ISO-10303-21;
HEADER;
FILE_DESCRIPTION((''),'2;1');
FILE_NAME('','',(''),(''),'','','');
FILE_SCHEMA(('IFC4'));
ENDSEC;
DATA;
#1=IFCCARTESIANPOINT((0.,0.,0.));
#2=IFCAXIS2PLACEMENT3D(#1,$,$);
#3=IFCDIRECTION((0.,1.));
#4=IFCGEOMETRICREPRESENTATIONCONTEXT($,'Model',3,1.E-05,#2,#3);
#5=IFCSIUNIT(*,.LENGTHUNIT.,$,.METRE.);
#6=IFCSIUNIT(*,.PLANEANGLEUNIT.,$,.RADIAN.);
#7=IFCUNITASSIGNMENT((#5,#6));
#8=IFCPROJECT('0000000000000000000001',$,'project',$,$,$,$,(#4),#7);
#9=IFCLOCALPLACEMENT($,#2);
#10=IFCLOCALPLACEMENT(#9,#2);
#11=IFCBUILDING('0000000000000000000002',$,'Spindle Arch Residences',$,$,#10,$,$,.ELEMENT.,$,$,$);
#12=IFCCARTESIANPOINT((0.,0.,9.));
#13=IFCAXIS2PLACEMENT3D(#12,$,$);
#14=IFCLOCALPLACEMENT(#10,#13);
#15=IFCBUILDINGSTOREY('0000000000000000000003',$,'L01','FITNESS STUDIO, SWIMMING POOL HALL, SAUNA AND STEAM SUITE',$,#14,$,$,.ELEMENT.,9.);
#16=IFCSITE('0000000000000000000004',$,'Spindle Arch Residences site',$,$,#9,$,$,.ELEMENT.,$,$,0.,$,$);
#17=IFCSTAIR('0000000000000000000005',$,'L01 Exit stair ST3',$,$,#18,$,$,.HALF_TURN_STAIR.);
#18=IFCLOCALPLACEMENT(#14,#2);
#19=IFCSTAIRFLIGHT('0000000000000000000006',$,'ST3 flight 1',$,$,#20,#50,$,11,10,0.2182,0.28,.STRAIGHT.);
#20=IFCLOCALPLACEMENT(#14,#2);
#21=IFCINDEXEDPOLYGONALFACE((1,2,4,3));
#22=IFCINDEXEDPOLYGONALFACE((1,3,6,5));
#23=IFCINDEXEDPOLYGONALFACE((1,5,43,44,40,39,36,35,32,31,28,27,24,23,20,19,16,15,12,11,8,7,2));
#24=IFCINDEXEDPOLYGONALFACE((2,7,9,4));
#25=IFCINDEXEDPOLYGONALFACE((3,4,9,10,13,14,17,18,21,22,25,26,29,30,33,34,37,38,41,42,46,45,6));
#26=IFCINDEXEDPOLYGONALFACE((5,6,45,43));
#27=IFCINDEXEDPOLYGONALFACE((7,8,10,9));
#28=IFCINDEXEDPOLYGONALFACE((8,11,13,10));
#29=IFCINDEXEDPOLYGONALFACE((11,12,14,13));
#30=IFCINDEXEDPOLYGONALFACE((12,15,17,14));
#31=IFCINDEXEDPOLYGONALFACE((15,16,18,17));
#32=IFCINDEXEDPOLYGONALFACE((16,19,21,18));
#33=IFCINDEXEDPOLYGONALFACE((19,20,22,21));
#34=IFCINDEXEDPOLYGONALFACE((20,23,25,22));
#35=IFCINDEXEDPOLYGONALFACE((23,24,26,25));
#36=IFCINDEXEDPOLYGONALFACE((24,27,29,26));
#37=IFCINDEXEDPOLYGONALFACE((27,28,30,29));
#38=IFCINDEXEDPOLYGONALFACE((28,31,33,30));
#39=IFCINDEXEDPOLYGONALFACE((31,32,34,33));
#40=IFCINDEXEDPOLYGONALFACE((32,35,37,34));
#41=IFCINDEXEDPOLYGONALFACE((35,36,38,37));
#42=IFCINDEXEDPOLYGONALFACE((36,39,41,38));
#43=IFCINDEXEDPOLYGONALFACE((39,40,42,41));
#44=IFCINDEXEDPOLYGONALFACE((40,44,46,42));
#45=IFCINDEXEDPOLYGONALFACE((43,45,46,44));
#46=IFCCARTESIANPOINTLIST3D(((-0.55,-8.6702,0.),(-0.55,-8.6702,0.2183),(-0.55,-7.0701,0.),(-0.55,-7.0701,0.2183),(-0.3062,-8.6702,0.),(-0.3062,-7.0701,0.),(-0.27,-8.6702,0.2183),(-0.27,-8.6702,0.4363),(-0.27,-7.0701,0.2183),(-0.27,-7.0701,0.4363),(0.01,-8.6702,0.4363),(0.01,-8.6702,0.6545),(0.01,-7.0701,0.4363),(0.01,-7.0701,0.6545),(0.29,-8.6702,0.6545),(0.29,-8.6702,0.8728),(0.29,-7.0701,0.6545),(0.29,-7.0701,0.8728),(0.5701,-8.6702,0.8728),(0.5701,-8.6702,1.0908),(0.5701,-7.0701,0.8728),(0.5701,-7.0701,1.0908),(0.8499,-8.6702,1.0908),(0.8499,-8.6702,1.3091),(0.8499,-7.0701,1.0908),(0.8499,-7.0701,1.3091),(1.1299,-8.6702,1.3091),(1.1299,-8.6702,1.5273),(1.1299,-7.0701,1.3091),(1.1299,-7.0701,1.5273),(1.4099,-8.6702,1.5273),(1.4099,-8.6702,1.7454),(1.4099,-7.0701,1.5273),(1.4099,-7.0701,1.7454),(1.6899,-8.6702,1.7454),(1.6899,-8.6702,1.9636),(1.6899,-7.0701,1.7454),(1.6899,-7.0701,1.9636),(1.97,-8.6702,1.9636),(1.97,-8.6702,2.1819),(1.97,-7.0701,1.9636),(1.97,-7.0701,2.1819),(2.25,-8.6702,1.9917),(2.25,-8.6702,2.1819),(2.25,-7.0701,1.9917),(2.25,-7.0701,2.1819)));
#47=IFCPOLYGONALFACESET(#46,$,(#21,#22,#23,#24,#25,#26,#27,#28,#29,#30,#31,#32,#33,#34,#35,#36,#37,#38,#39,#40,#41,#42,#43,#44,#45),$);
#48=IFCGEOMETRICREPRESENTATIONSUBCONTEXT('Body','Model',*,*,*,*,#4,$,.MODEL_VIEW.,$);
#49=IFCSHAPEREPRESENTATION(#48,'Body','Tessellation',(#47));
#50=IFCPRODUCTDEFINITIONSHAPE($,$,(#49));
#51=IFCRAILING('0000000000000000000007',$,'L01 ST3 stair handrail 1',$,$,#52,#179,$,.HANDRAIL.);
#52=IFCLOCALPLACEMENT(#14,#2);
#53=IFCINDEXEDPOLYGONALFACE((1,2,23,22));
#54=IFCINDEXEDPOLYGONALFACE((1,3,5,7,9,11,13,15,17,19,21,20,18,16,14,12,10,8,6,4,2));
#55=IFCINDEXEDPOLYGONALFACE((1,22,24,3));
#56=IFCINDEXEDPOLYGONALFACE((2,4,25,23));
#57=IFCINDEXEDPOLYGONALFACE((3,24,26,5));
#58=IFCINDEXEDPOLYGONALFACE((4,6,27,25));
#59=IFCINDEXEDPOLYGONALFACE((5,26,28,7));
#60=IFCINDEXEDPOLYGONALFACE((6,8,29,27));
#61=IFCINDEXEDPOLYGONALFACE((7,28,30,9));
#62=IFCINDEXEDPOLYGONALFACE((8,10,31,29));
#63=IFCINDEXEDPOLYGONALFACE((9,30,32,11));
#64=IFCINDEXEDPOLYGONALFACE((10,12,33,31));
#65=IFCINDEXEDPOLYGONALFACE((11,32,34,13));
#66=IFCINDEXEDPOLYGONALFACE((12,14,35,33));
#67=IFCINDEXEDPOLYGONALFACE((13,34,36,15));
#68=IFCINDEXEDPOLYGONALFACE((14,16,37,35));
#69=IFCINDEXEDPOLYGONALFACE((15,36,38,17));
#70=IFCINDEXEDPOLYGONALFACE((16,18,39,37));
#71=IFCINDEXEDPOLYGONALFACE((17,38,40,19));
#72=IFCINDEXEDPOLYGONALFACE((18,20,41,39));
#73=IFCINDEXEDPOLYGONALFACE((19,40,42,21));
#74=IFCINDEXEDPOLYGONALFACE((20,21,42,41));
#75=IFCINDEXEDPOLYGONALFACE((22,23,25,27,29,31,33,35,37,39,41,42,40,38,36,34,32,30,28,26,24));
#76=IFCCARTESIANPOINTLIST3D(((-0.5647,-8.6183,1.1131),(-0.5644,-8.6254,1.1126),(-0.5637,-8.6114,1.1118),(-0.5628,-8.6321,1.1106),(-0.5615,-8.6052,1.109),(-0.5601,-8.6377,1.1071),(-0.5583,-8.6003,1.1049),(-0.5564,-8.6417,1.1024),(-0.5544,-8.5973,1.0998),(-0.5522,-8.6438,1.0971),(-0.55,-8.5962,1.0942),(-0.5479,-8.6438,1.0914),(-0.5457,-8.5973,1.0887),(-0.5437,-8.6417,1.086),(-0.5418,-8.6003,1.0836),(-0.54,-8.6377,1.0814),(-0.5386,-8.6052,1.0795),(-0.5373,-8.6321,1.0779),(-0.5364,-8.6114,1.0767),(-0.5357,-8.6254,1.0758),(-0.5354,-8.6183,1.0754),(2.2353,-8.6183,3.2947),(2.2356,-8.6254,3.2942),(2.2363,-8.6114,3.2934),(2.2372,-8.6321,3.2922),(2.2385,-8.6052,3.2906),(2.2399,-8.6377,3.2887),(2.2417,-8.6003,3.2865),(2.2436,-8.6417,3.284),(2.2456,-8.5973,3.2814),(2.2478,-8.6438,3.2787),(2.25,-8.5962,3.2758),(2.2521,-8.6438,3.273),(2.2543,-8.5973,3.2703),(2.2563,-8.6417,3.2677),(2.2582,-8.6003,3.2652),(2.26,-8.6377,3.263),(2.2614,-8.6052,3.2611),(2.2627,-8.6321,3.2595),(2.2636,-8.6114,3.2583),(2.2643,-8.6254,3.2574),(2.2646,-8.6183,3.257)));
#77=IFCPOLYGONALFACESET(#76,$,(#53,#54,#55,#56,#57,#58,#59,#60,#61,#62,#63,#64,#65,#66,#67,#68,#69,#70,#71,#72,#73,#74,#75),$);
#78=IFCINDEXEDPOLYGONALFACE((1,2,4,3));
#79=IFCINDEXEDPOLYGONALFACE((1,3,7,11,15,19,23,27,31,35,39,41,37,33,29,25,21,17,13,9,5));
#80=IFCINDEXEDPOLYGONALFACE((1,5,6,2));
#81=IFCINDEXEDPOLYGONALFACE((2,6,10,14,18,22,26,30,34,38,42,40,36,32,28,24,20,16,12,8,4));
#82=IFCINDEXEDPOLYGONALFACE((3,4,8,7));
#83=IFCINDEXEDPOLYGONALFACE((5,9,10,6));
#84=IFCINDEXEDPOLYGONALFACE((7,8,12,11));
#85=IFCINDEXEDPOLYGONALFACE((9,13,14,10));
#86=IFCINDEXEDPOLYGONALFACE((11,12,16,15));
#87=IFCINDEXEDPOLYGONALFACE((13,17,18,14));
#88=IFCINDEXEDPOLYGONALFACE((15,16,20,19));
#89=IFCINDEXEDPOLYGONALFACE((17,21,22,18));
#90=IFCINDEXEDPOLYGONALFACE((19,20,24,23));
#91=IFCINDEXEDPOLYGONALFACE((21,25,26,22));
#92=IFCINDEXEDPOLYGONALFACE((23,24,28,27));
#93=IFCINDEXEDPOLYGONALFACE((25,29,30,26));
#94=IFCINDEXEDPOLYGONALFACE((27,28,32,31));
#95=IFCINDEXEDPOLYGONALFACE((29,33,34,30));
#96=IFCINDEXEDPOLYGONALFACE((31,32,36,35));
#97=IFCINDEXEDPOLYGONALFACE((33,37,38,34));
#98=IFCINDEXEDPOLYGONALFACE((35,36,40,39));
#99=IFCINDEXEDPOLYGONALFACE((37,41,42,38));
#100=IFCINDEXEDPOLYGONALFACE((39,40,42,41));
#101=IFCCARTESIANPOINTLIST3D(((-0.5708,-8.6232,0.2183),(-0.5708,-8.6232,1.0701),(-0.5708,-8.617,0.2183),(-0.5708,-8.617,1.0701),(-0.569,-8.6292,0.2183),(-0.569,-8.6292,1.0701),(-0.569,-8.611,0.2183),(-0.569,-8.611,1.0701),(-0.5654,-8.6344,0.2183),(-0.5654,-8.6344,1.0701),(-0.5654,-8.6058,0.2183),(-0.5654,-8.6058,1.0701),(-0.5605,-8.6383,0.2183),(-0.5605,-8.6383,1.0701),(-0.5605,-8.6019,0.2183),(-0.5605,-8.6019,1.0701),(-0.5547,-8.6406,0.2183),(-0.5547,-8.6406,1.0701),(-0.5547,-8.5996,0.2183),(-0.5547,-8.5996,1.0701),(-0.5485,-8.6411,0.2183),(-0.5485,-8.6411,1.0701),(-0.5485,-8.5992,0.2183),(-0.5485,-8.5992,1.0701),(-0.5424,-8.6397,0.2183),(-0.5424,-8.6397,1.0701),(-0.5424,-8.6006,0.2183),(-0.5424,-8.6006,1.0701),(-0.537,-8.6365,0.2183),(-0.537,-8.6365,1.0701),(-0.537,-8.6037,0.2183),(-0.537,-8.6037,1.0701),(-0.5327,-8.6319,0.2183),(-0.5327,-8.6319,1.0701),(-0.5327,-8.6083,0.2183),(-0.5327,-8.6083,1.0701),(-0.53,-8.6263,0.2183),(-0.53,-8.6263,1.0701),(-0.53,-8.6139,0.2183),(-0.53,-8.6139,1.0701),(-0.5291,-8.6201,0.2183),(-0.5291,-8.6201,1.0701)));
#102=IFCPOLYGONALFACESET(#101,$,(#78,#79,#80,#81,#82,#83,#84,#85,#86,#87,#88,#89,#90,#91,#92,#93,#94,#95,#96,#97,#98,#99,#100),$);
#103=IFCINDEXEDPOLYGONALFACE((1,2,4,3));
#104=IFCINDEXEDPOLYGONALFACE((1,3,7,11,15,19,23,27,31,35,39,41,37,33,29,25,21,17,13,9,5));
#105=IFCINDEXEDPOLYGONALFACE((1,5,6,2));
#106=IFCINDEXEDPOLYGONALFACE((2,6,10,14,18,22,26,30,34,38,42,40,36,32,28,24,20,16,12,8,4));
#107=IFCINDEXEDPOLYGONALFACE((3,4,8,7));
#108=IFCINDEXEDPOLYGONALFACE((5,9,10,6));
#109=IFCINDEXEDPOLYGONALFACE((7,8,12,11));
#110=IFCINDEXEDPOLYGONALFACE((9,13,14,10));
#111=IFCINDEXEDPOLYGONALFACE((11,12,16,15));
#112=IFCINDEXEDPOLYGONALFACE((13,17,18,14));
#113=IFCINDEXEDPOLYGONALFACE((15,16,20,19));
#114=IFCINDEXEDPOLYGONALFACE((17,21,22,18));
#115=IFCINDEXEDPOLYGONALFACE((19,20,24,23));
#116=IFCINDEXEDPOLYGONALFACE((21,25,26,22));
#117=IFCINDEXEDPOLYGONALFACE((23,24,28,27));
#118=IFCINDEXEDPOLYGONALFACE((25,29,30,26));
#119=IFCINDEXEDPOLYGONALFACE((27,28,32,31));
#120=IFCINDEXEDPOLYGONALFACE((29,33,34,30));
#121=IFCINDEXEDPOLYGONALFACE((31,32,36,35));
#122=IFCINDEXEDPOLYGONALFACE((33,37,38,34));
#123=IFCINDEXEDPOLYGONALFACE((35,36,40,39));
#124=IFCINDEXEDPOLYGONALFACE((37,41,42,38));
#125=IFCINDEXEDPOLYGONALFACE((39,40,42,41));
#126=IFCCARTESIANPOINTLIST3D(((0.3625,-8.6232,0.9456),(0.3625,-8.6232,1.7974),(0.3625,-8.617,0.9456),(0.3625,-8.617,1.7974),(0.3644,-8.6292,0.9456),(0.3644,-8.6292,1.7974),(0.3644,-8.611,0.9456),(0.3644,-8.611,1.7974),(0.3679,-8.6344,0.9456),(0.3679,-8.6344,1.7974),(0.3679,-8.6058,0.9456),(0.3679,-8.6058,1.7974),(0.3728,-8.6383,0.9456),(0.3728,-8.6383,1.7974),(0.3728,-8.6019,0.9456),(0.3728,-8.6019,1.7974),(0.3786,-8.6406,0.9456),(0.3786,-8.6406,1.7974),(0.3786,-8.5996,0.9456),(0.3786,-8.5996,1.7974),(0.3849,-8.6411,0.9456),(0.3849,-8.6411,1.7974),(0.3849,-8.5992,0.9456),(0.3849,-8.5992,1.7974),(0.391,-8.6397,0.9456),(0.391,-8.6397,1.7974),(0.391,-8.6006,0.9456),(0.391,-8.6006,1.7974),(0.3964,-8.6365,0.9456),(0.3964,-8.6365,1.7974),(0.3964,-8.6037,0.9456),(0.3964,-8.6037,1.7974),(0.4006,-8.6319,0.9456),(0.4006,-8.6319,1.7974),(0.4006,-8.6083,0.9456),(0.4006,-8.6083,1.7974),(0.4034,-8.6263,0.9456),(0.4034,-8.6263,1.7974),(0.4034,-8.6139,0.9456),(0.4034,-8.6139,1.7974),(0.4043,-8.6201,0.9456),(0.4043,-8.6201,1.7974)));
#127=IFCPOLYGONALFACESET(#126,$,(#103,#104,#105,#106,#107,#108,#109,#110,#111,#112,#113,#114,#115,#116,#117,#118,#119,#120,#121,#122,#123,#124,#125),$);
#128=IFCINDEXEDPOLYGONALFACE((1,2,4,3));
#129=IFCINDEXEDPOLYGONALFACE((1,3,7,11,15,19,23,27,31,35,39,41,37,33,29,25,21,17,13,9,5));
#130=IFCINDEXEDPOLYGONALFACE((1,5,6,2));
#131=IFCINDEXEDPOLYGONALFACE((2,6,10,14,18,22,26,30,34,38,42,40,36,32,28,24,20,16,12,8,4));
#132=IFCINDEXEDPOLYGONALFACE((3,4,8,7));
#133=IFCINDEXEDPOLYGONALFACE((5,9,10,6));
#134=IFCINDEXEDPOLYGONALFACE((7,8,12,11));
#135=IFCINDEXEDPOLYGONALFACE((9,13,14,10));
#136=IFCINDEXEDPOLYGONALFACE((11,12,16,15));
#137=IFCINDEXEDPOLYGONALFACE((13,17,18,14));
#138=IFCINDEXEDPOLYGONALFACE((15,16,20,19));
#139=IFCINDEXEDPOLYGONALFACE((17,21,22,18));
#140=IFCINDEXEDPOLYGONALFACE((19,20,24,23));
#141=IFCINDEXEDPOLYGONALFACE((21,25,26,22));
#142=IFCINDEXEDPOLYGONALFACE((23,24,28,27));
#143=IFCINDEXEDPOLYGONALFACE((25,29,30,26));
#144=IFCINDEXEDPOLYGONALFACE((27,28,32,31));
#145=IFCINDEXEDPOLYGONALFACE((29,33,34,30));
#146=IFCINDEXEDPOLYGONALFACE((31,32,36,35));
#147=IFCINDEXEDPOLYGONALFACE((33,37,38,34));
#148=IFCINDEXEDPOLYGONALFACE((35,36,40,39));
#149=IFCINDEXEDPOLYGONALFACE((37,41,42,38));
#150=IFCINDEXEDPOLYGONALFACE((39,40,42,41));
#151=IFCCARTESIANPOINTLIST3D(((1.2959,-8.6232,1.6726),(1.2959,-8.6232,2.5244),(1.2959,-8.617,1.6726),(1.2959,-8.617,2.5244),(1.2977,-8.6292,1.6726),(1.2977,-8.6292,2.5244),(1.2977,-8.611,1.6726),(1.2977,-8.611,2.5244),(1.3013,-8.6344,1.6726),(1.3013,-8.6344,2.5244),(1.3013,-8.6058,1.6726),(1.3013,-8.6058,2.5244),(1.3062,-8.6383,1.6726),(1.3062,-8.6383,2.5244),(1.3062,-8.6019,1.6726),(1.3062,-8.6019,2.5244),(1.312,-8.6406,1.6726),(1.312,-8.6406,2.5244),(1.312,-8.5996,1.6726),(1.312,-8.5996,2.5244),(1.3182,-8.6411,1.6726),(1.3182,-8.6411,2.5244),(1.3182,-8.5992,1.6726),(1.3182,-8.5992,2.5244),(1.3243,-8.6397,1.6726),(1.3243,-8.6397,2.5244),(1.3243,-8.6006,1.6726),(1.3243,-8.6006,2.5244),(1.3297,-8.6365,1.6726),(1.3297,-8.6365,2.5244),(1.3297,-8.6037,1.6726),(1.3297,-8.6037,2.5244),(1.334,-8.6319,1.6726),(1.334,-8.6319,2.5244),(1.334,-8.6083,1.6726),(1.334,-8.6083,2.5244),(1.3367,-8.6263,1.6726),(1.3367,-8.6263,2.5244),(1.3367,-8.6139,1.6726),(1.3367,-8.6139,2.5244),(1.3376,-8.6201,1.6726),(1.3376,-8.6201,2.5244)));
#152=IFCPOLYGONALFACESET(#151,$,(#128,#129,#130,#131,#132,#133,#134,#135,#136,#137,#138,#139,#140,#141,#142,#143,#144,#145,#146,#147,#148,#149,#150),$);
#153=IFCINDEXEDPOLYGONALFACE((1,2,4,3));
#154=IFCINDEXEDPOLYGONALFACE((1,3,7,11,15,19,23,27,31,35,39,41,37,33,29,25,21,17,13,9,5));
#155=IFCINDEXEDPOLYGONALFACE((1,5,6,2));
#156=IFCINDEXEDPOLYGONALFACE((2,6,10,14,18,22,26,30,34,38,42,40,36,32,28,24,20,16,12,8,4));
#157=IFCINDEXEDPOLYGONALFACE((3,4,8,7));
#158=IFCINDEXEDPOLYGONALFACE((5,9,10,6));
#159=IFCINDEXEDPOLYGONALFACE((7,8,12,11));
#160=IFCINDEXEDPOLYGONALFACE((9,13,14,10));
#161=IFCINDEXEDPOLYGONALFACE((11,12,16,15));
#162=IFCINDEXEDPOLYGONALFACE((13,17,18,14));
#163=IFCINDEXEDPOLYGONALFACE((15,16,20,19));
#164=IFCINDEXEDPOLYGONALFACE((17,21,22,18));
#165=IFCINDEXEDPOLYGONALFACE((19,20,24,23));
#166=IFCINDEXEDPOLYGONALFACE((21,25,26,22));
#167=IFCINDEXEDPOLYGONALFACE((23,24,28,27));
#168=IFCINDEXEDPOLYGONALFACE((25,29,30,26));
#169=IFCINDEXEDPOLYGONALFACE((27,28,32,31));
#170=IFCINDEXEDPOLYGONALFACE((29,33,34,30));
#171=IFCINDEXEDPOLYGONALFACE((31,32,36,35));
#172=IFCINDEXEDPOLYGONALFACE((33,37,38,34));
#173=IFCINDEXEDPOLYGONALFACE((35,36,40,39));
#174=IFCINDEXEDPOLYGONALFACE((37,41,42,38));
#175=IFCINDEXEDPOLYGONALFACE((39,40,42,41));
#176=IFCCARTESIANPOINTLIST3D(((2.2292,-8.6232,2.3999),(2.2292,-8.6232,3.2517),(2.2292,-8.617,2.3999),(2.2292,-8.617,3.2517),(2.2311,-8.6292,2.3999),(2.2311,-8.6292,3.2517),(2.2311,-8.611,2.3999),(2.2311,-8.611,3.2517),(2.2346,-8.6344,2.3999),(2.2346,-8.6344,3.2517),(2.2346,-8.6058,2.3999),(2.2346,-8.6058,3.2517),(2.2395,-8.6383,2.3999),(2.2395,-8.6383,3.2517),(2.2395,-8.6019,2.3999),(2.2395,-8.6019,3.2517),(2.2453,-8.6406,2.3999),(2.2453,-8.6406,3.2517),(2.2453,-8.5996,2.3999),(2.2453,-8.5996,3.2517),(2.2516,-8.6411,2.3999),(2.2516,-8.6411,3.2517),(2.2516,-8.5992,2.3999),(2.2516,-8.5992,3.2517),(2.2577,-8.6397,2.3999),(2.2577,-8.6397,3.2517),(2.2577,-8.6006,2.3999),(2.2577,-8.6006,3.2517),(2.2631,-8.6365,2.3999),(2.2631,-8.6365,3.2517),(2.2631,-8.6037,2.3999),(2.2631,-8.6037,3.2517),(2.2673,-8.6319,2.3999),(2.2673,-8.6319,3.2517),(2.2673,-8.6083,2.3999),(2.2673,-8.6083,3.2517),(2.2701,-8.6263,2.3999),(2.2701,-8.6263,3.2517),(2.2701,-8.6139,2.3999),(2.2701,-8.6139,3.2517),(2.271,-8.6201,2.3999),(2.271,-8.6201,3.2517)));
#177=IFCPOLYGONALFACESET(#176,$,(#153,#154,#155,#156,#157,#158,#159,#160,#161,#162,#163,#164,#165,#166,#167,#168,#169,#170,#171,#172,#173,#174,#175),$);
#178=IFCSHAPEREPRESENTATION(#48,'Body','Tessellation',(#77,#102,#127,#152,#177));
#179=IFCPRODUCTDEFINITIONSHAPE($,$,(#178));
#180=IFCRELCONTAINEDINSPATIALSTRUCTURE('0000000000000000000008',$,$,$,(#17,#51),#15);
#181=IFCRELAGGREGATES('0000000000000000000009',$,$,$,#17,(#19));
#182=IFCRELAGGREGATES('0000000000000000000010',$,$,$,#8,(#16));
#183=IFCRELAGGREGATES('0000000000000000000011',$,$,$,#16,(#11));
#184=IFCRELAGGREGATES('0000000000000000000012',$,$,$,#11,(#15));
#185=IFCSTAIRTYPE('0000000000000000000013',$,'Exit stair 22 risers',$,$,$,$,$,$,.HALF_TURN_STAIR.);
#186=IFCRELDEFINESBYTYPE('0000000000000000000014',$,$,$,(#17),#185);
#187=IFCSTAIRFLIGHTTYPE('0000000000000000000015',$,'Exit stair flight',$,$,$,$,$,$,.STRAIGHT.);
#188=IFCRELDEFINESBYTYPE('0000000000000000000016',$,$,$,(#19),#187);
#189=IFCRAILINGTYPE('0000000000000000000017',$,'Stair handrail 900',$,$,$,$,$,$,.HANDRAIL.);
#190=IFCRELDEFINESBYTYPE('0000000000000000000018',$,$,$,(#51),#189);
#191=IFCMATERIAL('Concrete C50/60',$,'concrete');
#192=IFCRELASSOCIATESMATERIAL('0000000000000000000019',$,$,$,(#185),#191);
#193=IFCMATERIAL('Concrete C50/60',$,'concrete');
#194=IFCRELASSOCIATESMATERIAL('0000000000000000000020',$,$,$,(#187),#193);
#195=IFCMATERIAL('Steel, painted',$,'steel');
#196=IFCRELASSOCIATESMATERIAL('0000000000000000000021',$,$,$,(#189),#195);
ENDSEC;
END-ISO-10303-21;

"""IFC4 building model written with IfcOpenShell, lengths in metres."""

from ifc_helpers import new_model, si_unit, direction, frame, origin, origin_2d, place, context, subcontext, project, spatial, polyline, circle, outline, extrude, material, type_object, element, aggregate, save


model = new_model("IFC4")

# Units and contexts
model_context = context("Model", 3, precision=1e-05, world=origin(), true_north=direction((0.0, 1.0)))
body_context = subcontext(model_context, "Body", "Model", "MODEL_VIEW")
ifc_project = project(units=[si_unit("LENGTHUNIT", "METRE"), si_unit("PLANEANGLEUNIT", "RADIAN")], contexts=[model_context])

# Site, building, storey
site_placement = place(None, origin())
site = spatial("IfcSite", under=ifc_project, at=site_placement, Name="Spindle Arch Residences site", CompositionType="ELEMENT", RefElevation=0.0)
building_placement = place(site_placement, origin())
building = spatial("IfcBuilding", under=site, at=building_placement, Name="Spindle Arch Residences", CompositionType="ELEMENT")
storey_placement = place(building_placement, frame((0.0, 0.0, 9.0)))
storey = spatial("IfcBuildingStorey", under=building, at=storey_placement, Name="L01", Description="FITNESS STUDIO, SWIMMING POOL HALL, SAUNA AND STEAM SUITE", CompositionType="ELEMENT", Elevation=9.0)

# Shared definitions
ifc_material_1 = material(Name="Concrete C50/60", Category="concrete")
stair_type = type_object("IfcStairType", Name="Exit stair 22 risers", PredefinedType="HALF_TURN_STAIR", material=ifc_material_1)

# Stair, stair flight
stair_1_placement = place(storey_placement, origin())
stair_1 = element("IfcStair", 1, at=stair_1_placement, inside=storey, type_object=stair_type, Name="L01 Exit stair ST3", PredefinedType="HALF_TURN_STAIR")
ifc_material_2 = material(Name="Concrete C50/60", Category="concrete")
stair_flight_type = type_object("IfcStairFlightType", Name="Exit stair flight", PredefinedType="STRAIGHT", material=ifc_material_2)
stair_flight_placement = place(storey_placement, frame((-0.55, -7.8701, 0.0), z_axis=(0.0, 0.0, 1.0), x_axis=(1.0, 0.0, 0.0)))
stair_flight = element("IfcStairFlight", 2, at=stair_flight_placement, type_object=stair_flight_type, Name="ST3 flight 1", NumberOfRisers=11, NumberOfTreads=10, PredefinedType="STRAIGHT", RiserHeight=0.2182, TreadLength=0.28, context=body_context, shape_type="SweptSolid", body=[
    extrude(outline(polyline([(0.0, 0.0), (0.0, 0.2183), (0.28, 0.2183), (0.28, 0.4363), (0.5601, 0.4363), (0.5601, 0.6545), (0.8401, 0.6545), (0.8401, 0.8728), (1.1201, 0.8728), (1.1201, 1.0908), (1.3999, 1.0908), (1.3999, 1.3091), (1.6799, 1.3091), (1.6799, 1.5273), (1.96, 1.5273), (1.96, 1.7454), (2.24, 1.7454), (2.24, 1.9636), (2.52, 1.9636), (2.52, 2.1819), (2.8, 2.1819), (2.8, 2.3999), (2.8, 1.9917), (0.2439, 0.0), (0.0, 0.0)])), frame((0.0, 0.8, 0.0), z_axis=(0.0, -1.0, 0.0), x_axis=(1.0, 0.0, 0.0)), (0.0, 0.0, 1.0), 1.6001),
])
aggregate(stair_1, [stair_flight])

# Railing
ifc_material_3 = material(Name="Steel, painted", Category="steel")
railing_type_1 = type_object("IfcRailingType", Name="Stair handrail 900", PredefinedType="HANDRAIL", material=ifc_material_3)
railing_1_placement = place(storey_placement, frame((-0.55, -8.6201, 0.2183)))
element("IfcRailing", 3, at=railing_1_placement, inside=storey, type_object=railing_type_1, Name="L01 ST3 stair handrail 1", PredefinedType="HANDRAIL", context=body_context, shape_type="SweptSolid", body=[
    extrude(circle(Radius=0.0239, at=origin_2d()), frame((0.0, 0.0, 0.876), z_axis=(0.78883, 0.0, 0.614612), x_axis=(0.0, 1.0, 0.0)), (0.0, 0.0, 1.0), 3.5496),
    extrude(circle(Radius=0.021, at=origin_2d()), origin(), (0.0, 0.0, 1.0), 0.8518),
    extrude(circle(Radius=0.021, at=origin_2d()), frame((0.9333, 0.0, 0.7273)), (0.0, 0.0, 1.0), 0.8518),
    extrude(circle(Radius=0.021, at=origin_2d()), frame((1.8667, 0.0, 1.4543)), (0.0, 0.0, 1.0), 0.8518),
    extrude(circle(Radius=0.021, at=origin_2d()), frame((2.8, 0.0, 2.1816)), (0.0, 0.0, 1.0), 0.8518),
])

save(model, "model.ifc")
